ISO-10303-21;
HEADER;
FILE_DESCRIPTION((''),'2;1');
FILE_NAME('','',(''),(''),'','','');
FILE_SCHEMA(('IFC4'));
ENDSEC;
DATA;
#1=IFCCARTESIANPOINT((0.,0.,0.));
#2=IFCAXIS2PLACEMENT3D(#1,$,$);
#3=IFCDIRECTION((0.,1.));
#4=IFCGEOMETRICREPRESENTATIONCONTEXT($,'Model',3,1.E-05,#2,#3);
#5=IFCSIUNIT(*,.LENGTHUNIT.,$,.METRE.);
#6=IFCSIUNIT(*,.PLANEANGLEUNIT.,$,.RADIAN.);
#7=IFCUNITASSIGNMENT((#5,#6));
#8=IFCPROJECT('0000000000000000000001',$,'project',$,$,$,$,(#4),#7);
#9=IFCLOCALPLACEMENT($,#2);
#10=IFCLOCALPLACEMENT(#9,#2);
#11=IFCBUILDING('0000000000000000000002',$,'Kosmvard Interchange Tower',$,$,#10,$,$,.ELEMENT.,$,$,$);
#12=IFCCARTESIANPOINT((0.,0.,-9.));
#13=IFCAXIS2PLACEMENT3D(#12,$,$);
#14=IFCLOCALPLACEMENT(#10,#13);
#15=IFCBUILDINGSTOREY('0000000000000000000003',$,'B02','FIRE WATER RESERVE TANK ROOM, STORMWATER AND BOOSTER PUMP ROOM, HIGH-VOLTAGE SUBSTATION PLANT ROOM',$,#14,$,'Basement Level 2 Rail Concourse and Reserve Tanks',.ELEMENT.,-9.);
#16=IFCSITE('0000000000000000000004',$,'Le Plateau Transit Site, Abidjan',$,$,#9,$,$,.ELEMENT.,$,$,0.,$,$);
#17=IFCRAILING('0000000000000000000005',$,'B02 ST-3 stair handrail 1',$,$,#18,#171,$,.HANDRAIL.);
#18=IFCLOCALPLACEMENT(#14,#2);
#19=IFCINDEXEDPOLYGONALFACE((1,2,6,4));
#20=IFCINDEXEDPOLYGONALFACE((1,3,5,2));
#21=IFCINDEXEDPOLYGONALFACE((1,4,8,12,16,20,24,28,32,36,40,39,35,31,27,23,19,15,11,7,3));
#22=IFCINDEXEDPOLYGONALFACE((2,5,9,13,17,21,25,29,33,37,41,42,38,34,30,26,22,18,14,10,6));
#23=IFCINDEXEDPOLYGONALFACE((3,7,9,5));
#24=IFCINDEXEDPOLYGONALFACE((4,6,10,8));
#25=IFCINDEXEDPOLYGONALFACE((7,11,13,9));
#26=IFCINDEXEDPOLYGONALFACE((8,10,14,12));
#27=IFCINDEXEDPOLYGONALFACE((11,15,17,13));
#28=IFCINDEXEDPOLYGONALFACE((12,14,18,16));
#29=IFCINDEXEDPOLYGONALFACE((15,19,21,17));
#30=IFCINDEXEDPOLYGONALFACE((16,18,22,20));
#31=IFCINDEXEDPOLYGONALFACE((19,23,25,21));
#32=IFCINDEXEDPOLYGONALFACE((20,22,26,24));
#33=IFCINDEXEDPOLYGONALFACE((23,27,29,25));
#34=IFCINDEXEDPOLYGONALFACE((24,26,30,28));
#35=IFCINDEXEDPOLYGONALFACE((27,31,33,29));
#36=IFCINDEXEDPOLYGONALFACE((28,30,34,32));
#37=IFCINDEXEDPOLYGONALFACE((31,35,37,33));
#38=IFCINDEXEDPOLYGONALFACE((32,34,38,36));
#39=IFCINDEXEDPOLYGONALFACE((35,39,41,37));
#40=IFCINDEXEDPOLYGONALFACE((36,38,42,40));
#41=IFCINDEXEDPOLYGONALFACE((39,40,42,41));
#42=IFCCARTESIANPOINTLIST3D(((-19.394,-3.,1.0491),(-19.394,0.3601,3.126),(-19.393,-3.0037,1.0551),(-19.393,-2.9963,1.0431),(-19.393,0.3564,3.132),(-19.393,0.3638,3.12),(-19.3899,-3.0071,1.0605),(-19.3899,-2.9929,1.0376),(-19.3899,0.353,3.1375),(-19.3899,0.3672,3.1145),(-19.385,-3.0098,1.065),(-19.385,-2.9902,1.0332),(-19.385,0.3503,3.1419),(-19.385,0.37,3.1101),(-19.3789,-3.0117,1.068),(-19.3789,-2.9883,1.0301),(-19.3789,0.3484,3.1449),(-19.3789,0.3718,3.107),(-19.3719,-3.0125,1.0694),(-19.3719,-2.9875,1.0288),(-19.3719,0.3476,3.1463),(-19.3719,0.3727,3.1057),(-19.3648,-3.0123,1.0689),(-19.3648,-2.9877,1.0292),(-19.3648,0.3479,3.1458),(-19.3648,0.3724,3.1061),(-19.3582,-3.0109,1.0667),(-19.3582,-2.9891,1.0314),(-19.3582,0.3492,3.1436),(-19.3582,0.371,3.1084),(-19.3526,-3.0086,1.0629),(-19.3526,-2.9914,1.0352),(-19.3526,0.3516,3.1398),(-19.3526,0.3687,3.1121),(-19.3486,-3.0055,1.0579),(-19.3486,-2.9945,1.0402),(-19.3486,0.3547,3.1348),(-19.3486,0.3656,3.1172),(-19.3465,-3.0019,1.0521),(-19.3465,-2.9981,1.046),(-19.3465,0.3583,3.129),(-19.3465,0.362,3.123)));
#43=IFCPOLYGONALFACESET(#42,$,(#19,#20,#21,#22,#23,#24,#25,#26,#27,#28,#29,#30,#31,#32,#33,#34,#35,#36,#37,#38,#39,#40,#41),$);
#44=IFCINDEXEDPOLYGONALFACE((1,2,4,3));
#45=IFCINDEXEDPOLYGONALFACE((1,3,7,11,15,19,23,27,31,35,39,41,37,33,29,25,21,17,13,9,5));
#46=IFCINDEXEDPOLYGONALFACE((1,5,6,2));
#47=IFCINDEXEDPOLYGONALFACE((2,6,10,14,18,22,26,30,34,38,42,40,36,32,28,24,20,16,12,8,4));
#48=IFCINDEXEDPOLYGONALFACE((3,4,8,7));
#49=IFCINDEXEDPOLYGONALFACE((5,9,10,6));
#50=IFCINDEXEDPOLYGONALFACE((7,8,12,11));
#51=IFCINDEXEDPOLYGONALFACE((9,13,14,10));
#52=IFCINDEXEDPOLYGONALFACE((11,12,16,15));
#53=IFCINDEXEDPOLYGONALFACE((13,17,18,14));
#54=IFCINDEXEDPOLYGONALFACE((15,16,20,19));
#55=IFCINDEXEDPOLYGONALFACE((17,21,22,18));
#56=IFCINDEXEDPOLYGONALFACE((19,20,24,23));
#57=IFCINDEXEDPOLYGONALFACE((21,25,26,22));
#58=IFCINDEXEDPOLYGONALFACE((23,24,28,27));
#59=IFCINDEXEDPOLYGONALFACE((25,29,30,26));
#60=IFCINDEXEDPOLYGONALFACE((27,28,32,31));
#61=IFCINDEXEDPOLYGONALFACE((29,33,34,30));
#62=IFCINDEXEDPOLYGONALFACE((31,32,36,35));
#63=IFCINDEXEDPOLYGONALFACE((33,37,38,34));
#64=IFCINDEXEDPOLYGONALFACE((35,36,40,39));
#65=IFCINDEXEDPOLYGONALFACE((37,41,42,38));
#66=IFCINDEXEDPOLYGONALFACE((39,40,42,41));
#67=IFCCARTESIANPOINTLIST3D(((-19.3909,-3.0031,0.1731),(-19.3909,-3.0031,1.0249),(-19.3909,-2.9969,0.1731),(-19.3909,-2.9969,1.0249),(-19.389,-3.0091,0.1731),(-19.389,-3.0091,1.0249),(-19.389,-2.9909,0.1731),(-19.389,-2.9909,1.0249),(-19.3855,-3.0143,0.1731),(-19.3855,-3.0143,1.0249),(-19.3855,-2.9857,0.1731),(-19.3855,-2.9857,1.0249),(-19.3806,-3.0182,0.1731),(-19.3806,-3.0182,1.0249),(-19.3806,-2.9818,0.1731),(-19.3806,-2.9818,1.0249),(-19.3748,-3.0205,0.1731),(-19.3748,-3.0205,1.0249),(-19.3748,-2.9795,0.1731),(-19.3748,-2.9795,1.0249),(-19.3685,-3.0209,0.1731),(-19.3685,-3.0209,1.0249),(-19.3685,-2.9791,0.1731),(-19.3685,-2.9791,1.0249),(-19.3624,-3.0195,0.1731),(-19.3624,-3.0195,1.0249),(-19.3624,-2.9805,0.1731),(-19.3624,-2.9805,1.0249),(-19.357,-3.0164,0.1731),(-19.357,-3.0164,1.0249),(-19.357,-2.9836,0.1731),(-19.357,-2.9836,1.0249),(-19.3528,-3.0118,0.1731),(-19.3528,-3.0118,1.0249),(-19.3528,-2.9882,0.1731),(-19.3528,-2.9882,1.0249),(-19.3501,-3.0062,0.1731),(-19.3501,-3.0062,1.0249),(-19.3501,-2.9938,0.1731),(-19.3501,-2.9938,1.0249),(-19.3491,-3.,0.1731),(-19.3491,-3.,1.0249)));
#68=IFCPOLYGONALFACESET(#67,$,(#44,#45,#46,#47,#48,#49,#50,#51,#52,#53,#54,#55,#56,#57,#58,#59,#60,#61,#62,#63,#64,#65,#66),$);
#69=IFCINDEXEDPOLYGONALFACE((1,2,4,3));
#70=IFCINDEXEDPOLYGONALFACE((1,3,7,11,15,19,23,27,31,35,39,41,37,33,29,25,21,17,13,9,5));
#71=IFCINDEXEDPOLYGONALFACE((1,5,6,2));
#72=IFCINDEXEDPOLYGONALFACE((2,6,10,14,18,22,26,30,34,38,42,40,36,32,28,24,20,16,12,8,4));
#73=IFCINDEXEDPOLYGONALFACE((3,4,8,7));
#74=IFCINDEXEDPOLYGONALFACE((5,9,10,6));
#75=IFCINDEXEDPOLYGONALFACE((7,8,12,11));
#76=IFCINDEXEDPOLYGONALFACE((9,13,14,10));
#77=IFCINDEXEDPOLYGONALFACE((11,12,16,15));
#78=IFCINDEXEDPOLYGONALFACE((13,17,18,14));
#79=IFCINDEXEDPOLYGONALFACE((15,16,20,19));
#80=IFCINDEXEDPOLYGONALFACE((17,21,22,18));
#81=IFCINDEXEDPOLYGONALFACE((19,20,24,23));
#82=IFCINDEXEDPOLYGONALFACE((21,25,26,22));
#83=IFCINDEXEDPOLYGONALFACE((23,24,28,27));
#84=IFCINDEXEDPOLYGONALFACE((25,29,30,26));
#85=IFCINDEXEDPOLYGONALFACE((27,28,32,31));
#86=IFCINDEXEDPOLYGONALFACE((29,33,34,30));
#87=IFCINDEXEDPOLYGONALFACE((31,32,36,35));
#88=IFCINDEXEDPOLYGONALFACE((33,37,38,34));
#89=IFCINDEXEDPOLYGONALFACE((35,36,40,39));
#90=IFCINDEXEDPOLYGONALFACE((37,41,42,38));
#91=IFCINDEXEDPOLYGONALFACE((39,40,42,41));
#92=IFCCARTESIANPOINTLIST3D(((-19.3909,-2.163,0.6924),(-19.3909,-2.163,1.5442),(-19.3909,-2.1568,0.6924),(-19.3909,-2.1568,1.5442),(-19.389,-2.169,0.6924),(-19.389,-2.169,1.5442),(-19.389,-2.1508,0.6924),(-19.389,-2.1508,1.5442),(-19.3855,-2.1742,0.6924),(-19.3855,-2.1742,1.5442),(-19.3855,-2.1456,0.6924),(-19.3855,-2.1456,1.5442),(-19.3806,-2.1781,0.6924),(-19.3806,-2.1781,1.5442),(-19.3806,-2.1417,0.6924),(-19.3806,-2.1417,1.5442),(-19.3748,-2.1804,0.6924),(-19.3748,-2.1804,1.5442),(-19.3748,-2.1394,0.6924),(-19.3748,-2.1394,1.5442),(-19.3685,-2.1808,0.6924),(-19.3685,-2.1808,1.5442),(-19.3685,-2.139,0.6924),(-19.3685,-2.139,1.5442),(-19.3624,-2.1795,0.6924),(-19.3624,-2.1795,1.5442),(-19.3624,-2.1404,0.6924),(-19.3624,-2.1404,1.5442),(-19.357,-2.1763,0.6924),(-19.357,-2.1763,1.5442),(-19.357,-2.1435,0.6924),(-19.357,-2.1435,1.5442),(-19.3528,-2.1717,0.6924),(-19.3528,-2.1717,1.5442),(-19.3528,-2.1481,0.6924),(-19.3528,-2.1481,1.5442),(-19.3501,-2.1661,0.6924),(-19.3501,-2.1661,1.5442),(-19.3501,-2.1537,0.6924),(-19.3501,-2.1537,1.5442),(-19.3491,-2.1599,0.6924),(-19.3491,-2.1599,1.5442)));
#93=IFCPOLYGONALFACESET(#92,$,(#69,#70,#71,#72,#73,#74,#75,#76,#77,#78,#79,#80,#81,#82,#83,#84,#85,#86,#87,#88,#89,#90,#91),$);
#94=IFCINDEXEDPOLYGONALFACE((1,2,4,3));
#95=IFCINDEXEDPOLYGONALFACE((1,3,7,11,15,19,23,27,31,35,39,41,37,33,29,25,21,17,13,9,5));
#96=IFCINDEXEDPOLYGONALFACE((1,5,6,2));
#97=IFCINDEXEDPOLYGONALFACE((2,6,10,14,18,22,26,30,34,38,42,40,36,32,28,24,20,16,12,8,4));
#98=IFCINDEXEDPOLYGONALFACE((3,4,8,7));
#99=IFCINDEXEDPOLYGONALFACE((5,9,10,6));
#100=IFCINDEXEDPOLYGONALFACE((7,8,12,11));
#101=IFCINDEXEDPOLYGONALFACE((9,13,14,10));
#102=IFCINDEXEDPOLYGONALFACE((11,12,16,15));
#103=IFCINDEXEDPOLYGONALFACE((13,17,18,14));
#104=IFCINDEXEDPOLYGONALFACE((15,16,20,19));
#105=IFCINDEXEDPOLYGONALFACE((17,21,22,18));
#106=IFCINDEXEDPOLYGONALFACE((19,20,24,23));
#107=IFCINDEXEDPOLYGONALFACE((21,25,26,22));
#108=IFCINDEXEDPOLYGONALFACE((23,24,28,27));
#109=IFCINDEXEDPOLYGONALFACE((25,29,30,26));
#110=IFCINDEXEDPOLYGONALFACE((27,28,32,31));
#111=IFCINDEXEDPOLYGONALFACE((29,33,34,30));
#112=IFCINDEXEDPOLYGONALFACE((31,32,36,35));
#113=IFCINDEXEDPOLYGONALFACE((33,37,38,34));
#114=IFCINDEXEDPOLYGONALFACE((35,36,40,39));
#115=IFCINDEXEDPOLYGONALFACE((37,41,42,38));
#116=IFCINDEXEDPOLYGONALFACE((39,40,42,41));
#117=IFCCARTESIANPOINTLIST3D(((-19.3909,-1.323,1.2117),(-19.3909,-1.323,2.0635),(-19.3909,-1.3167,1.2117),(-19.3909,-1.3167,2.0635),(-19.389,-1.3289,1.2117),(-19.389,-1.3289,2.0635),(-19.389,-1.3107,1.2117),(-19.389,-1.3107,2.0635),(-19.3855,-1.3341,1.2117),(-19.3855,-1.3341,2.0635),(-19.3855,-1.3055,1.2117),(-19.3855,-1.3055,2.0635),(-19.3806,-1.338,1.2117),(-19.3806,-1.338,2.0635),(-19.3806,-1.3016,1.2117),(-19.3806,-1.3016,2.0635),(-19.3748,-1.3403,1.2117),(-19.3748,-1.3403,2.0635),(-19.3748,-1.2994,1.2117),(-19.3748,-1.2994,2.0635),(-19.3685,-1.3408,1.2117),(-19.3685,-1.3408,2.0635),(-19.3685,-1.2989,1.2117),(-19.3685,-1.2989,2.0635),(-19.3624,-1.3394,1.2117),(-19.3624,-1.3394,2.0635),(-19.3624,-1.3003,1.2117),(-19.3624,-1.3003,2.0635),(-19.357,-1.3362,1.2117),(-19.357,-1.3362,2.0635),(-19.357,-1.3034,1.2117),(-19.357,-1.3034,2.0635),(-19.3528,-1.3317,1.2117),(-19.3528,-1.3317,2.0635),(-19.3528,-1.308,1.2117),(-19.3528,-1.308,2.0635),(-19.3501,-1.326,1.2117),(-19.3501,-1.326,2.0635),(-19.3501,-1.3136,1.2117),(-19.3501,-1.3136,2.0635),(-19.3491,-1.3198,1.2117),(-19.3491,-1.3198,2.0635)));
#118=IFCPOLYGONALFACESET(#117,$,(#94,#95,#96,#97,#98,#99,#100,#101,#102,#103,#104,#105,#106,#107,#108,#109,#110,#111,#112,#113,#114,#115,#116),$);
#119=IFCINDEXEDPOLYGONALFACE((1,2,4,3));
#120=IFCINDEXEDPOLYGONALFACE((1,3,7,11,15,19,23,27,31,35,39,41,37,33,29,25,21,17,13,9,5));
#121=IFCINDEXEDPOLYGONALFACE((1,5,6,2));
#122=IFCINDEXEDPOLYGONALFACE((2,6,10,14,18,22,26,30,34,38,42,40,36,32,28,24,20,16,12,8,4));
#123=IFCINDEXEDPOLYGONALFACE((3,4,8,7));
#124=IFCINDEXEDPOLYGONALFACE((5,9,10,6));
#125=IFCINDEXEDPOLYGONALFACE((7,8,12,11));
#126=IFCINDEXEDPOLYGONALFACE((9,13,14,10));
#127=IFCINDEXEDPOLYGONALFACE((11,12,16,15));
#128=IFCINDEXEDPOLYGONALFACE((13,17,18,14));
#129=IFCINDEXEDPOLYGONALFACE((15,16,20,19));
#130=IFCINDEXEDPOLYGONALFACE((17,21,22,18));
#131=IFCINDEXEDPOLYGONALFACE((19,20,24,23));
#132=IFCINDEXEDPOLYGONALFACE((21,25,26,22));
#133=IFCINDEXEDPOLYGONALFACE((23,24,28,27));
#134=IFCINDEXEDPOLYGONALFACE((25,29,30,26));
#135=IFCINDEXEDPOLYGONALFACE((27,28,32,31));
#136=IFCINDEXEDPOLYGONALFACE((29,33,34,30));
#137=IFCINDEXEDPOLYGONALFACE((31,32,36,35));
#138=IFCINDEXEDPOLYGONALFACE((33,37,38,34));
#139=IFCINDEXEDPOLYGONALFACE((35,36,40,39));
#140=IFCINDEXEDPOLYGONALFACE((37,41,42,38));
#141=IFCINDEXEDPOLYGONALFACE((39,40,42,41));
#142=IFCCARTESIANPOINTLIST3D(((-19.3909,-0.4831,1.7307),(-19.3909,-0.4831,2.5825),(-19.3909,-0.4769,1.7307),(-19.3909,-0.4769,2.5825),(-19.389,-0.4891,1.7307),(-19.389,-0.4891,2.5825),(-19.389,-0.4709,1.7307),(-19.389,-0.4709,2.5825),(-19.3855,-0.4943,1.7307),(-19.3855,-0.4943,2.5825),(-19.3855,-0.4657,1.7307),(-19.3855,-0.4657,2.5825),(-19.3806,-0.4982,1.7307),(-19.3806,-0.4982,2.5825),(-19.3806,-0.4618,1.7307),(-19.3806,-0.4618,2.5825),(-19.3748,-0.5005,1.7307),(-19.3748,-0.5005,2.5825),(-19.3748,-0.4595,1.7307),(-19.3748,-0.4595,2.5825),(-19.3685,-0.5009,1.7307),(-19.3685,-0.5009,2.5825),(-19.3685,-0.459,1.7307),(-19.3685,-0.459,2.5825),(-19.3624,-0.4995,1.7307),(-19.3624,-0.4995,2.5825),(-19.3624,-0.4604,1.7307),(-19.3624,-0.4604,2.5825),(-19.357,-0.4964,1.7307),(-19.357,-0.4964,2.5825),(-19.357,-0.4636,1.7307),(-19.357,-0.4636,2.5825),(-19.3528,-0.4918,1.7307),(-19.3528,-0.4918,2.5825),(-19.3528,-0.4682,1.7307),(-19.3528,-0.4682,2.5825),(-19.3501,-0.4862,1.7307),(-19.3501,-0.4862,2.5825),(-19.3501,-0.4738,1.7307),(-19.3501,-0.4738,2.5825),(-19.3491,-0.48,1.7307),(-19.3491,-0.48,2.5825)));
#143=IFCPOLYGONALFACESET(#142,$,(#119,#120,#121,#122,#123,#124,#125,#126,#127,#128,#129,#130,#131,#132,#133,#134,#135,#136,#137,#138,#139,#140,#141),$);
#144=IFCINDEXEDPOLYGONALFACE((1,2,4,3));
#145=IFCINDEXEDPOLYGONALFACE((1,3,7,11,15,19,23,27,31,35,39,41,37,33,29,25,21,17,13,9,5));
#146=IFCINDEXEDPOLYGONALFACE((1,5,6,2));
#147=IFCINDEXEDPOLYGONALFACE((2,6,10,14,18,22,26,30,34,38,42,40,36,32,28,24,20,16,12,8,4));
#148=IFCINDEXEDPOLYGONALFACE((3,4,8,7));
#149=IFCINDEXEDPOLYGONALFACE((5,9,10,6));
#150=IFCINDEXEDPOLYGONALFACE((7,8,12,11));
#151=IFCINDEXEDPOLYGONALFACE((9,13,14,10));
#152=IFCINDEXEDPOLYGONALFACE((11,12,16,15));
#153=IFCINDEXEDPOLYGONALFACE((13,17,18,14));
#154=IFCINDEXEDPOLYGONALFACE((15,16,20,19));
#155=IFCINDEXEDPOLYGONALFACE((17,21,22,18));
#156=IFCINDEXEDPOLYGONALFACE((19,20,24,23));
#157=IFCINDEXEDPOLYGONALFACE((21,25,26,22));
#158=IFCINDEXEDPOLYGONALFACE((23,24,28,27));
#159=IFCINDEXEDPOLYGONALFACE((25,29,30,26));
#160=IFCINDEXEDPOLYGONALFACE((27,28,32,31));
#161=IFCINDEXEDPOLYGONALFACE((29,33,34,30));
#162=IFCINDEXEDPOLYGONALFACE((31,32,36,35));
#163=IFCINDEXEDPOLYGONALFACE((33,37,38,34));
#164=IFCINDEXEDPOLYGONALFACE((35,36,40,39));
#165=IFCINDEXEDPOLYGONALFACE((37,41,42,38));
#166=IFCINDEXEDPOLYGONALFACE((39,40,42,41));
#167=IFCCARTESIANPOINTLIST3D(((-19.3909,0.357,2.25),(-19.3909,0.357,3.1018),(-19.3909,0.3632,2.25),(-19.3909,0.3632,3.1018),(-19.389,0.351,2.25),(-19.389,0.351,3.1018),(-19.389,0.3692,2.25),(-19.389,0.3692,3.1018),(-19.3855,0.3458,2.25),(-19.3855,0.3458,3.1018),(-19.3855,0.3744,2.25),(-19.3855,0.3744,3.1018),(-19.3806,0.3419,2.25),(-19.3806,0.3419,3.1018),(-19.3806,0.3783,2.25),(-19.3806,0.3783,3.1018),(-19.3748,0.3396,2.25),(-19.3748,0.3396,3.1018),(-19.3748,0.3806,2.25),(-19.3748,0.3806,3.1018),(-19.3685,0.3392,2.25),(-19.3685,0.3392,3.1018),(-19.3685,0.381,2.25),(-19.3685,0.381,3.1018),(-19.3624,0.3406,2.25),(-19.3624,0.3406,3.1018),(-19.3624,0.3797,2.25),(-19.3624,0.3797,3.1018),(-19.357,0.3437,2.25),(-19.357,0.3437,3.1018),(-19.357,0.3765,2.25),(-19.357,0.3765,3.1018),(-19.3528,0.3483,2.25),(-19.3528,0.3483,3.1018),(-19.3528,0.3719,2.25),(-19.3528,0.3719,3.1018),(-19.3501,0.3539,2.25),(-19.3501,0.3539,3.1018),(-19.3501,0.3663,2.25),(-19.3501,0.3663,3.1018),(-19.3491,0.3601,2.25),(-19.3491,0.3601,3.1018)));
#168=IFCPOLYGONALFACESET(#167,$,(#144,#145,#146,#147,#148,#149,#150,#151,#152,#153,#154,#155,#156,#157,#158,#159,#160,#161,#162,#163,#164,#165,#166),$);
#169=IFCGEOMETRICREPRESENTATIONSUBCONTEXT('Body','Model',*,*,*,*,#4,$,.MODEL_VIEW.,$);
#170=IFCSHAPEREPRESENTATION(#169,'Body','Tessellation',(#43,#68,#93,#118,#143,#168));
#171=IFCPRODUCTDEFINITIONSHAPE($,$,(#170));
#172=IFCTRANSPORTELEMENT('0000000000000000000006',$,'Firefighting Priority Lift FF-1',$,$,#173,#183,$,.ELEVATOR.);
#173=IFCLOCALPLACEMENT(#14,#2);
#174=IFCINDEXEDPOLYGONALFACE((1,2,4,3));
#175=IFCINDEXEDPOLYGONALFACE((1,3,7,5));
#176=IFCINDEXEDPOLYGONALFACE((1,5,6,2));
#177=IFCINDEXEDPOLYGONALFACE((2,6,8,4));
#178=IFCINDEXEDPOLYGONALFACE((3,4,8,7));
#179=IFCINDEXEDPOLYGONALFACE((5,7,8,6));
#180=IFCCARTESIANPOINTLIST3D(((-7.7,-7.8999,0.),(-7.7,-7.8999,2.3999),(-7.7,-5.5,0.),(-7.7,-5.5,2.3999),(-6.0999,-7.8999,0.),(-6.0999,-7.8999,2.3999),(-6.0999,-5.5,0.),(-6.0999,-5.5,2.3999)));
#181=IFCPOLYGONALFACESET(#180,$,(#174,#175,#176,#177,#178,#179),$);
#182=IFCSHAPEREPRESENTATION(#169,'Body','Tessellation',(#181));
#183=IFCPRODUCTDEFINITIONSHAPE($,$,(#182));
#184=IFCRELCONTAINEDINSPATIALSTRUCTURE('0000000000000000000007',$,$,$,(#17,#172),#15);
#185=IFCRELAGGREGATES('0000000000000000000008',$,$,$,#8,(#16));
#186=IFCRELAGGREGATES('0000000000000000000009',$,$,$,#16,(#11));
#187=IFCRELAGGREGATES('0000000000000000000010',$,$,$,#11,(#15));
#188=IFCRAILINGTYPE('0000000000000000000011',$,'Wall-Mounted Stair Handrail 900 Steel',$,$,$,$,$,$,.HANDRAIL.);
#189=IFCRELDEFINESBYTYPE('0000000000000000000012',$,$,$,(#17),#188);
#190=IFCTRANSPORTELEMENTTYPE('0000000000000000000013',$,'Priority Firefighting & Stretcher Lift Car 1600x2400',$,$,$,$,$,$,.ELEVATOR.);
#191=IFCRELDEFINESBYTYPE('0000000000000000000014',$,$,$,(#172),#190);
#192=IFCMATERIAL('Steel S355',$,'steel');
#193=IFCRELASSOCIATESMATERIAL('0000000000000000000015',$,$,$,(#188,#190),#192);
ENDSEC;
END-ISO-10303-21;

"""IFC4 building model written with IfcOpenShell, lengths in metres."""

from ifc_helpers import new_model, si_unit, direction, frame, origin, origin_2d, place, context, subcontext, project, spatial, rectangle, circle, extrude, source, transform, mapped, material, type_object, element, save


model = new_model("IFC4")

# Units and contexts
model_context = context("Model", 3, precision=1e-05, world=origin(), true_north=direction((0.0, 1.0)))
body_context = subcontext(model_context, "Body", "Model", "MODEL_VIEW")
ifc_project = project(units=[si_unit("LENGTHUNIT", "METRE"), si_unit("PLANEANGLEUNIT", "RADIAN")], contexts=[model_context])

# Site, building, storey
site_placement = place(None, origin())
site = spatial("IfcSite", under=ifc_project, at=site_placement, Name="Le Plateau Transit Site, Abidjan", CompositionType="ELEMENT", RefElevation=0.0)
building_placement = place(site_placement, origin())
building = spatial("IfcBuilding", under=site, at=building_placement, Name="Kosmvard Interchange Tower", CompositionType="ELEMENT")
storey_placement = place(building_placement, frame((0.0, 0.0, -9.0)))
storey = spatial("IfcBuildingStorey", under=building, at=storey_placement, Name="B02", Description="FIRE WATER RESERVE TANK ROOM, STORMWATER AND BOOSTER PUMP ROOM, HIGH-VOLTAGE SUBSTATION PLANT ROOM", LongName="Basement Level 2 Rail Concourse and Reserve Tanks", CompositionType="ELEMENT", Elevation=-9.0)

# Railing
ifc_material_1 = material(Name="Steel S355", Category="steel")
railing_type_1 = type_object("IfcRailingType", Name="Wall-Mounted Stair Handrail 900 Steel", PredefinedType="HANDRAIL", material=ifc_material_1)
shared_shape_1 = source(origin(), body_context, "Body", "SweptSolid", [
    extrude(circle(Radius=0.0239, at=origin_2d()), frame((0.0, 0.0, 0.876), z_axis=(0.0, 0.850623, 0.525776), x_axis=(-1.0, 0.0, 0.0)), (0.0, 0.0, 1.0), 3.9502),
    extrude(circle(Radius=0.021, at=origin_2d()), origin(), (0.0, 0.0, 1.0), 0.8518),
    extrude(circle(Radius=0.021, at=origin_2d()), frame((0.0, 0.8401, 0.5193)), (0.0, 0.0, 1.0), 0.8518),
    extrude(circle(Radius=0.021, at=origin_2d()), frame((0.0, 1.6802, 1.0386)), (0.0, 0.0, 1.0), 0.8518),
    extrude(circle(Radius=0.021, at=origin_2d()), frame((0.0, 2.52, 1.5576)), (0.0, 0.0, 1.0), 0.8518),
    extrude(circle(Radius=0.021, at=origin_2d()), frame((0.0, 3.3601, 2.0769)), (0.0, 0.0, 1.0), 0.8518),
])
railing_1_placement = place(storey_placement, frame((-19.3701, -3.0, 0.1731)))
element("IfcRailing", 1, at=railing_1_placement, inside=storey, type_object=railing_type_1, Name="B02 ST-3 stair handrail 1", PredefinedType="HANDRAIL", context=body_context, shape_type="MappedRepresentation", body=[
    mapped(shared_shape_1, transform((0.0, 0.0, 0.0), scale=1.0)),
])

# Transport element
transport_element_type = type_object("IfcTransportElementType", Name="Priority Firefighting & Stretcher Lift Car 1600x2400", PredefinedType="ELEVATOR", material=ifc_material_1)
shared_shape_2 = source(origin(), body_context, "Body", "SweptSolid", [
    extrude(rectangle(XDim=1.6001, YDim=2.3999, at=origin_2d()), origin(), (0.0, 0.0, 1.0), 2.3999),
])
transport_element_placement = place(storey_placement, frame((-6.8999, -6.7, 0.0), z_axis=(0.0, 0.0, 1.0), x_axis=(1.0, 0.0, 0.0)))
element("IfcTransportElement", 2, at=transport_element_placement, inside=storey, type_object=transport_element_type, Name="Firefighting Priority Lift FF-1", PredefinedType="ELEVATOR", context=body_context, shape_type="MappedRepresentation", body=[
    mapped(shared_shape_2, transform((0.0, 0.0, 0.0), scale=1.0)),
])

save(model, "model.ifc")
